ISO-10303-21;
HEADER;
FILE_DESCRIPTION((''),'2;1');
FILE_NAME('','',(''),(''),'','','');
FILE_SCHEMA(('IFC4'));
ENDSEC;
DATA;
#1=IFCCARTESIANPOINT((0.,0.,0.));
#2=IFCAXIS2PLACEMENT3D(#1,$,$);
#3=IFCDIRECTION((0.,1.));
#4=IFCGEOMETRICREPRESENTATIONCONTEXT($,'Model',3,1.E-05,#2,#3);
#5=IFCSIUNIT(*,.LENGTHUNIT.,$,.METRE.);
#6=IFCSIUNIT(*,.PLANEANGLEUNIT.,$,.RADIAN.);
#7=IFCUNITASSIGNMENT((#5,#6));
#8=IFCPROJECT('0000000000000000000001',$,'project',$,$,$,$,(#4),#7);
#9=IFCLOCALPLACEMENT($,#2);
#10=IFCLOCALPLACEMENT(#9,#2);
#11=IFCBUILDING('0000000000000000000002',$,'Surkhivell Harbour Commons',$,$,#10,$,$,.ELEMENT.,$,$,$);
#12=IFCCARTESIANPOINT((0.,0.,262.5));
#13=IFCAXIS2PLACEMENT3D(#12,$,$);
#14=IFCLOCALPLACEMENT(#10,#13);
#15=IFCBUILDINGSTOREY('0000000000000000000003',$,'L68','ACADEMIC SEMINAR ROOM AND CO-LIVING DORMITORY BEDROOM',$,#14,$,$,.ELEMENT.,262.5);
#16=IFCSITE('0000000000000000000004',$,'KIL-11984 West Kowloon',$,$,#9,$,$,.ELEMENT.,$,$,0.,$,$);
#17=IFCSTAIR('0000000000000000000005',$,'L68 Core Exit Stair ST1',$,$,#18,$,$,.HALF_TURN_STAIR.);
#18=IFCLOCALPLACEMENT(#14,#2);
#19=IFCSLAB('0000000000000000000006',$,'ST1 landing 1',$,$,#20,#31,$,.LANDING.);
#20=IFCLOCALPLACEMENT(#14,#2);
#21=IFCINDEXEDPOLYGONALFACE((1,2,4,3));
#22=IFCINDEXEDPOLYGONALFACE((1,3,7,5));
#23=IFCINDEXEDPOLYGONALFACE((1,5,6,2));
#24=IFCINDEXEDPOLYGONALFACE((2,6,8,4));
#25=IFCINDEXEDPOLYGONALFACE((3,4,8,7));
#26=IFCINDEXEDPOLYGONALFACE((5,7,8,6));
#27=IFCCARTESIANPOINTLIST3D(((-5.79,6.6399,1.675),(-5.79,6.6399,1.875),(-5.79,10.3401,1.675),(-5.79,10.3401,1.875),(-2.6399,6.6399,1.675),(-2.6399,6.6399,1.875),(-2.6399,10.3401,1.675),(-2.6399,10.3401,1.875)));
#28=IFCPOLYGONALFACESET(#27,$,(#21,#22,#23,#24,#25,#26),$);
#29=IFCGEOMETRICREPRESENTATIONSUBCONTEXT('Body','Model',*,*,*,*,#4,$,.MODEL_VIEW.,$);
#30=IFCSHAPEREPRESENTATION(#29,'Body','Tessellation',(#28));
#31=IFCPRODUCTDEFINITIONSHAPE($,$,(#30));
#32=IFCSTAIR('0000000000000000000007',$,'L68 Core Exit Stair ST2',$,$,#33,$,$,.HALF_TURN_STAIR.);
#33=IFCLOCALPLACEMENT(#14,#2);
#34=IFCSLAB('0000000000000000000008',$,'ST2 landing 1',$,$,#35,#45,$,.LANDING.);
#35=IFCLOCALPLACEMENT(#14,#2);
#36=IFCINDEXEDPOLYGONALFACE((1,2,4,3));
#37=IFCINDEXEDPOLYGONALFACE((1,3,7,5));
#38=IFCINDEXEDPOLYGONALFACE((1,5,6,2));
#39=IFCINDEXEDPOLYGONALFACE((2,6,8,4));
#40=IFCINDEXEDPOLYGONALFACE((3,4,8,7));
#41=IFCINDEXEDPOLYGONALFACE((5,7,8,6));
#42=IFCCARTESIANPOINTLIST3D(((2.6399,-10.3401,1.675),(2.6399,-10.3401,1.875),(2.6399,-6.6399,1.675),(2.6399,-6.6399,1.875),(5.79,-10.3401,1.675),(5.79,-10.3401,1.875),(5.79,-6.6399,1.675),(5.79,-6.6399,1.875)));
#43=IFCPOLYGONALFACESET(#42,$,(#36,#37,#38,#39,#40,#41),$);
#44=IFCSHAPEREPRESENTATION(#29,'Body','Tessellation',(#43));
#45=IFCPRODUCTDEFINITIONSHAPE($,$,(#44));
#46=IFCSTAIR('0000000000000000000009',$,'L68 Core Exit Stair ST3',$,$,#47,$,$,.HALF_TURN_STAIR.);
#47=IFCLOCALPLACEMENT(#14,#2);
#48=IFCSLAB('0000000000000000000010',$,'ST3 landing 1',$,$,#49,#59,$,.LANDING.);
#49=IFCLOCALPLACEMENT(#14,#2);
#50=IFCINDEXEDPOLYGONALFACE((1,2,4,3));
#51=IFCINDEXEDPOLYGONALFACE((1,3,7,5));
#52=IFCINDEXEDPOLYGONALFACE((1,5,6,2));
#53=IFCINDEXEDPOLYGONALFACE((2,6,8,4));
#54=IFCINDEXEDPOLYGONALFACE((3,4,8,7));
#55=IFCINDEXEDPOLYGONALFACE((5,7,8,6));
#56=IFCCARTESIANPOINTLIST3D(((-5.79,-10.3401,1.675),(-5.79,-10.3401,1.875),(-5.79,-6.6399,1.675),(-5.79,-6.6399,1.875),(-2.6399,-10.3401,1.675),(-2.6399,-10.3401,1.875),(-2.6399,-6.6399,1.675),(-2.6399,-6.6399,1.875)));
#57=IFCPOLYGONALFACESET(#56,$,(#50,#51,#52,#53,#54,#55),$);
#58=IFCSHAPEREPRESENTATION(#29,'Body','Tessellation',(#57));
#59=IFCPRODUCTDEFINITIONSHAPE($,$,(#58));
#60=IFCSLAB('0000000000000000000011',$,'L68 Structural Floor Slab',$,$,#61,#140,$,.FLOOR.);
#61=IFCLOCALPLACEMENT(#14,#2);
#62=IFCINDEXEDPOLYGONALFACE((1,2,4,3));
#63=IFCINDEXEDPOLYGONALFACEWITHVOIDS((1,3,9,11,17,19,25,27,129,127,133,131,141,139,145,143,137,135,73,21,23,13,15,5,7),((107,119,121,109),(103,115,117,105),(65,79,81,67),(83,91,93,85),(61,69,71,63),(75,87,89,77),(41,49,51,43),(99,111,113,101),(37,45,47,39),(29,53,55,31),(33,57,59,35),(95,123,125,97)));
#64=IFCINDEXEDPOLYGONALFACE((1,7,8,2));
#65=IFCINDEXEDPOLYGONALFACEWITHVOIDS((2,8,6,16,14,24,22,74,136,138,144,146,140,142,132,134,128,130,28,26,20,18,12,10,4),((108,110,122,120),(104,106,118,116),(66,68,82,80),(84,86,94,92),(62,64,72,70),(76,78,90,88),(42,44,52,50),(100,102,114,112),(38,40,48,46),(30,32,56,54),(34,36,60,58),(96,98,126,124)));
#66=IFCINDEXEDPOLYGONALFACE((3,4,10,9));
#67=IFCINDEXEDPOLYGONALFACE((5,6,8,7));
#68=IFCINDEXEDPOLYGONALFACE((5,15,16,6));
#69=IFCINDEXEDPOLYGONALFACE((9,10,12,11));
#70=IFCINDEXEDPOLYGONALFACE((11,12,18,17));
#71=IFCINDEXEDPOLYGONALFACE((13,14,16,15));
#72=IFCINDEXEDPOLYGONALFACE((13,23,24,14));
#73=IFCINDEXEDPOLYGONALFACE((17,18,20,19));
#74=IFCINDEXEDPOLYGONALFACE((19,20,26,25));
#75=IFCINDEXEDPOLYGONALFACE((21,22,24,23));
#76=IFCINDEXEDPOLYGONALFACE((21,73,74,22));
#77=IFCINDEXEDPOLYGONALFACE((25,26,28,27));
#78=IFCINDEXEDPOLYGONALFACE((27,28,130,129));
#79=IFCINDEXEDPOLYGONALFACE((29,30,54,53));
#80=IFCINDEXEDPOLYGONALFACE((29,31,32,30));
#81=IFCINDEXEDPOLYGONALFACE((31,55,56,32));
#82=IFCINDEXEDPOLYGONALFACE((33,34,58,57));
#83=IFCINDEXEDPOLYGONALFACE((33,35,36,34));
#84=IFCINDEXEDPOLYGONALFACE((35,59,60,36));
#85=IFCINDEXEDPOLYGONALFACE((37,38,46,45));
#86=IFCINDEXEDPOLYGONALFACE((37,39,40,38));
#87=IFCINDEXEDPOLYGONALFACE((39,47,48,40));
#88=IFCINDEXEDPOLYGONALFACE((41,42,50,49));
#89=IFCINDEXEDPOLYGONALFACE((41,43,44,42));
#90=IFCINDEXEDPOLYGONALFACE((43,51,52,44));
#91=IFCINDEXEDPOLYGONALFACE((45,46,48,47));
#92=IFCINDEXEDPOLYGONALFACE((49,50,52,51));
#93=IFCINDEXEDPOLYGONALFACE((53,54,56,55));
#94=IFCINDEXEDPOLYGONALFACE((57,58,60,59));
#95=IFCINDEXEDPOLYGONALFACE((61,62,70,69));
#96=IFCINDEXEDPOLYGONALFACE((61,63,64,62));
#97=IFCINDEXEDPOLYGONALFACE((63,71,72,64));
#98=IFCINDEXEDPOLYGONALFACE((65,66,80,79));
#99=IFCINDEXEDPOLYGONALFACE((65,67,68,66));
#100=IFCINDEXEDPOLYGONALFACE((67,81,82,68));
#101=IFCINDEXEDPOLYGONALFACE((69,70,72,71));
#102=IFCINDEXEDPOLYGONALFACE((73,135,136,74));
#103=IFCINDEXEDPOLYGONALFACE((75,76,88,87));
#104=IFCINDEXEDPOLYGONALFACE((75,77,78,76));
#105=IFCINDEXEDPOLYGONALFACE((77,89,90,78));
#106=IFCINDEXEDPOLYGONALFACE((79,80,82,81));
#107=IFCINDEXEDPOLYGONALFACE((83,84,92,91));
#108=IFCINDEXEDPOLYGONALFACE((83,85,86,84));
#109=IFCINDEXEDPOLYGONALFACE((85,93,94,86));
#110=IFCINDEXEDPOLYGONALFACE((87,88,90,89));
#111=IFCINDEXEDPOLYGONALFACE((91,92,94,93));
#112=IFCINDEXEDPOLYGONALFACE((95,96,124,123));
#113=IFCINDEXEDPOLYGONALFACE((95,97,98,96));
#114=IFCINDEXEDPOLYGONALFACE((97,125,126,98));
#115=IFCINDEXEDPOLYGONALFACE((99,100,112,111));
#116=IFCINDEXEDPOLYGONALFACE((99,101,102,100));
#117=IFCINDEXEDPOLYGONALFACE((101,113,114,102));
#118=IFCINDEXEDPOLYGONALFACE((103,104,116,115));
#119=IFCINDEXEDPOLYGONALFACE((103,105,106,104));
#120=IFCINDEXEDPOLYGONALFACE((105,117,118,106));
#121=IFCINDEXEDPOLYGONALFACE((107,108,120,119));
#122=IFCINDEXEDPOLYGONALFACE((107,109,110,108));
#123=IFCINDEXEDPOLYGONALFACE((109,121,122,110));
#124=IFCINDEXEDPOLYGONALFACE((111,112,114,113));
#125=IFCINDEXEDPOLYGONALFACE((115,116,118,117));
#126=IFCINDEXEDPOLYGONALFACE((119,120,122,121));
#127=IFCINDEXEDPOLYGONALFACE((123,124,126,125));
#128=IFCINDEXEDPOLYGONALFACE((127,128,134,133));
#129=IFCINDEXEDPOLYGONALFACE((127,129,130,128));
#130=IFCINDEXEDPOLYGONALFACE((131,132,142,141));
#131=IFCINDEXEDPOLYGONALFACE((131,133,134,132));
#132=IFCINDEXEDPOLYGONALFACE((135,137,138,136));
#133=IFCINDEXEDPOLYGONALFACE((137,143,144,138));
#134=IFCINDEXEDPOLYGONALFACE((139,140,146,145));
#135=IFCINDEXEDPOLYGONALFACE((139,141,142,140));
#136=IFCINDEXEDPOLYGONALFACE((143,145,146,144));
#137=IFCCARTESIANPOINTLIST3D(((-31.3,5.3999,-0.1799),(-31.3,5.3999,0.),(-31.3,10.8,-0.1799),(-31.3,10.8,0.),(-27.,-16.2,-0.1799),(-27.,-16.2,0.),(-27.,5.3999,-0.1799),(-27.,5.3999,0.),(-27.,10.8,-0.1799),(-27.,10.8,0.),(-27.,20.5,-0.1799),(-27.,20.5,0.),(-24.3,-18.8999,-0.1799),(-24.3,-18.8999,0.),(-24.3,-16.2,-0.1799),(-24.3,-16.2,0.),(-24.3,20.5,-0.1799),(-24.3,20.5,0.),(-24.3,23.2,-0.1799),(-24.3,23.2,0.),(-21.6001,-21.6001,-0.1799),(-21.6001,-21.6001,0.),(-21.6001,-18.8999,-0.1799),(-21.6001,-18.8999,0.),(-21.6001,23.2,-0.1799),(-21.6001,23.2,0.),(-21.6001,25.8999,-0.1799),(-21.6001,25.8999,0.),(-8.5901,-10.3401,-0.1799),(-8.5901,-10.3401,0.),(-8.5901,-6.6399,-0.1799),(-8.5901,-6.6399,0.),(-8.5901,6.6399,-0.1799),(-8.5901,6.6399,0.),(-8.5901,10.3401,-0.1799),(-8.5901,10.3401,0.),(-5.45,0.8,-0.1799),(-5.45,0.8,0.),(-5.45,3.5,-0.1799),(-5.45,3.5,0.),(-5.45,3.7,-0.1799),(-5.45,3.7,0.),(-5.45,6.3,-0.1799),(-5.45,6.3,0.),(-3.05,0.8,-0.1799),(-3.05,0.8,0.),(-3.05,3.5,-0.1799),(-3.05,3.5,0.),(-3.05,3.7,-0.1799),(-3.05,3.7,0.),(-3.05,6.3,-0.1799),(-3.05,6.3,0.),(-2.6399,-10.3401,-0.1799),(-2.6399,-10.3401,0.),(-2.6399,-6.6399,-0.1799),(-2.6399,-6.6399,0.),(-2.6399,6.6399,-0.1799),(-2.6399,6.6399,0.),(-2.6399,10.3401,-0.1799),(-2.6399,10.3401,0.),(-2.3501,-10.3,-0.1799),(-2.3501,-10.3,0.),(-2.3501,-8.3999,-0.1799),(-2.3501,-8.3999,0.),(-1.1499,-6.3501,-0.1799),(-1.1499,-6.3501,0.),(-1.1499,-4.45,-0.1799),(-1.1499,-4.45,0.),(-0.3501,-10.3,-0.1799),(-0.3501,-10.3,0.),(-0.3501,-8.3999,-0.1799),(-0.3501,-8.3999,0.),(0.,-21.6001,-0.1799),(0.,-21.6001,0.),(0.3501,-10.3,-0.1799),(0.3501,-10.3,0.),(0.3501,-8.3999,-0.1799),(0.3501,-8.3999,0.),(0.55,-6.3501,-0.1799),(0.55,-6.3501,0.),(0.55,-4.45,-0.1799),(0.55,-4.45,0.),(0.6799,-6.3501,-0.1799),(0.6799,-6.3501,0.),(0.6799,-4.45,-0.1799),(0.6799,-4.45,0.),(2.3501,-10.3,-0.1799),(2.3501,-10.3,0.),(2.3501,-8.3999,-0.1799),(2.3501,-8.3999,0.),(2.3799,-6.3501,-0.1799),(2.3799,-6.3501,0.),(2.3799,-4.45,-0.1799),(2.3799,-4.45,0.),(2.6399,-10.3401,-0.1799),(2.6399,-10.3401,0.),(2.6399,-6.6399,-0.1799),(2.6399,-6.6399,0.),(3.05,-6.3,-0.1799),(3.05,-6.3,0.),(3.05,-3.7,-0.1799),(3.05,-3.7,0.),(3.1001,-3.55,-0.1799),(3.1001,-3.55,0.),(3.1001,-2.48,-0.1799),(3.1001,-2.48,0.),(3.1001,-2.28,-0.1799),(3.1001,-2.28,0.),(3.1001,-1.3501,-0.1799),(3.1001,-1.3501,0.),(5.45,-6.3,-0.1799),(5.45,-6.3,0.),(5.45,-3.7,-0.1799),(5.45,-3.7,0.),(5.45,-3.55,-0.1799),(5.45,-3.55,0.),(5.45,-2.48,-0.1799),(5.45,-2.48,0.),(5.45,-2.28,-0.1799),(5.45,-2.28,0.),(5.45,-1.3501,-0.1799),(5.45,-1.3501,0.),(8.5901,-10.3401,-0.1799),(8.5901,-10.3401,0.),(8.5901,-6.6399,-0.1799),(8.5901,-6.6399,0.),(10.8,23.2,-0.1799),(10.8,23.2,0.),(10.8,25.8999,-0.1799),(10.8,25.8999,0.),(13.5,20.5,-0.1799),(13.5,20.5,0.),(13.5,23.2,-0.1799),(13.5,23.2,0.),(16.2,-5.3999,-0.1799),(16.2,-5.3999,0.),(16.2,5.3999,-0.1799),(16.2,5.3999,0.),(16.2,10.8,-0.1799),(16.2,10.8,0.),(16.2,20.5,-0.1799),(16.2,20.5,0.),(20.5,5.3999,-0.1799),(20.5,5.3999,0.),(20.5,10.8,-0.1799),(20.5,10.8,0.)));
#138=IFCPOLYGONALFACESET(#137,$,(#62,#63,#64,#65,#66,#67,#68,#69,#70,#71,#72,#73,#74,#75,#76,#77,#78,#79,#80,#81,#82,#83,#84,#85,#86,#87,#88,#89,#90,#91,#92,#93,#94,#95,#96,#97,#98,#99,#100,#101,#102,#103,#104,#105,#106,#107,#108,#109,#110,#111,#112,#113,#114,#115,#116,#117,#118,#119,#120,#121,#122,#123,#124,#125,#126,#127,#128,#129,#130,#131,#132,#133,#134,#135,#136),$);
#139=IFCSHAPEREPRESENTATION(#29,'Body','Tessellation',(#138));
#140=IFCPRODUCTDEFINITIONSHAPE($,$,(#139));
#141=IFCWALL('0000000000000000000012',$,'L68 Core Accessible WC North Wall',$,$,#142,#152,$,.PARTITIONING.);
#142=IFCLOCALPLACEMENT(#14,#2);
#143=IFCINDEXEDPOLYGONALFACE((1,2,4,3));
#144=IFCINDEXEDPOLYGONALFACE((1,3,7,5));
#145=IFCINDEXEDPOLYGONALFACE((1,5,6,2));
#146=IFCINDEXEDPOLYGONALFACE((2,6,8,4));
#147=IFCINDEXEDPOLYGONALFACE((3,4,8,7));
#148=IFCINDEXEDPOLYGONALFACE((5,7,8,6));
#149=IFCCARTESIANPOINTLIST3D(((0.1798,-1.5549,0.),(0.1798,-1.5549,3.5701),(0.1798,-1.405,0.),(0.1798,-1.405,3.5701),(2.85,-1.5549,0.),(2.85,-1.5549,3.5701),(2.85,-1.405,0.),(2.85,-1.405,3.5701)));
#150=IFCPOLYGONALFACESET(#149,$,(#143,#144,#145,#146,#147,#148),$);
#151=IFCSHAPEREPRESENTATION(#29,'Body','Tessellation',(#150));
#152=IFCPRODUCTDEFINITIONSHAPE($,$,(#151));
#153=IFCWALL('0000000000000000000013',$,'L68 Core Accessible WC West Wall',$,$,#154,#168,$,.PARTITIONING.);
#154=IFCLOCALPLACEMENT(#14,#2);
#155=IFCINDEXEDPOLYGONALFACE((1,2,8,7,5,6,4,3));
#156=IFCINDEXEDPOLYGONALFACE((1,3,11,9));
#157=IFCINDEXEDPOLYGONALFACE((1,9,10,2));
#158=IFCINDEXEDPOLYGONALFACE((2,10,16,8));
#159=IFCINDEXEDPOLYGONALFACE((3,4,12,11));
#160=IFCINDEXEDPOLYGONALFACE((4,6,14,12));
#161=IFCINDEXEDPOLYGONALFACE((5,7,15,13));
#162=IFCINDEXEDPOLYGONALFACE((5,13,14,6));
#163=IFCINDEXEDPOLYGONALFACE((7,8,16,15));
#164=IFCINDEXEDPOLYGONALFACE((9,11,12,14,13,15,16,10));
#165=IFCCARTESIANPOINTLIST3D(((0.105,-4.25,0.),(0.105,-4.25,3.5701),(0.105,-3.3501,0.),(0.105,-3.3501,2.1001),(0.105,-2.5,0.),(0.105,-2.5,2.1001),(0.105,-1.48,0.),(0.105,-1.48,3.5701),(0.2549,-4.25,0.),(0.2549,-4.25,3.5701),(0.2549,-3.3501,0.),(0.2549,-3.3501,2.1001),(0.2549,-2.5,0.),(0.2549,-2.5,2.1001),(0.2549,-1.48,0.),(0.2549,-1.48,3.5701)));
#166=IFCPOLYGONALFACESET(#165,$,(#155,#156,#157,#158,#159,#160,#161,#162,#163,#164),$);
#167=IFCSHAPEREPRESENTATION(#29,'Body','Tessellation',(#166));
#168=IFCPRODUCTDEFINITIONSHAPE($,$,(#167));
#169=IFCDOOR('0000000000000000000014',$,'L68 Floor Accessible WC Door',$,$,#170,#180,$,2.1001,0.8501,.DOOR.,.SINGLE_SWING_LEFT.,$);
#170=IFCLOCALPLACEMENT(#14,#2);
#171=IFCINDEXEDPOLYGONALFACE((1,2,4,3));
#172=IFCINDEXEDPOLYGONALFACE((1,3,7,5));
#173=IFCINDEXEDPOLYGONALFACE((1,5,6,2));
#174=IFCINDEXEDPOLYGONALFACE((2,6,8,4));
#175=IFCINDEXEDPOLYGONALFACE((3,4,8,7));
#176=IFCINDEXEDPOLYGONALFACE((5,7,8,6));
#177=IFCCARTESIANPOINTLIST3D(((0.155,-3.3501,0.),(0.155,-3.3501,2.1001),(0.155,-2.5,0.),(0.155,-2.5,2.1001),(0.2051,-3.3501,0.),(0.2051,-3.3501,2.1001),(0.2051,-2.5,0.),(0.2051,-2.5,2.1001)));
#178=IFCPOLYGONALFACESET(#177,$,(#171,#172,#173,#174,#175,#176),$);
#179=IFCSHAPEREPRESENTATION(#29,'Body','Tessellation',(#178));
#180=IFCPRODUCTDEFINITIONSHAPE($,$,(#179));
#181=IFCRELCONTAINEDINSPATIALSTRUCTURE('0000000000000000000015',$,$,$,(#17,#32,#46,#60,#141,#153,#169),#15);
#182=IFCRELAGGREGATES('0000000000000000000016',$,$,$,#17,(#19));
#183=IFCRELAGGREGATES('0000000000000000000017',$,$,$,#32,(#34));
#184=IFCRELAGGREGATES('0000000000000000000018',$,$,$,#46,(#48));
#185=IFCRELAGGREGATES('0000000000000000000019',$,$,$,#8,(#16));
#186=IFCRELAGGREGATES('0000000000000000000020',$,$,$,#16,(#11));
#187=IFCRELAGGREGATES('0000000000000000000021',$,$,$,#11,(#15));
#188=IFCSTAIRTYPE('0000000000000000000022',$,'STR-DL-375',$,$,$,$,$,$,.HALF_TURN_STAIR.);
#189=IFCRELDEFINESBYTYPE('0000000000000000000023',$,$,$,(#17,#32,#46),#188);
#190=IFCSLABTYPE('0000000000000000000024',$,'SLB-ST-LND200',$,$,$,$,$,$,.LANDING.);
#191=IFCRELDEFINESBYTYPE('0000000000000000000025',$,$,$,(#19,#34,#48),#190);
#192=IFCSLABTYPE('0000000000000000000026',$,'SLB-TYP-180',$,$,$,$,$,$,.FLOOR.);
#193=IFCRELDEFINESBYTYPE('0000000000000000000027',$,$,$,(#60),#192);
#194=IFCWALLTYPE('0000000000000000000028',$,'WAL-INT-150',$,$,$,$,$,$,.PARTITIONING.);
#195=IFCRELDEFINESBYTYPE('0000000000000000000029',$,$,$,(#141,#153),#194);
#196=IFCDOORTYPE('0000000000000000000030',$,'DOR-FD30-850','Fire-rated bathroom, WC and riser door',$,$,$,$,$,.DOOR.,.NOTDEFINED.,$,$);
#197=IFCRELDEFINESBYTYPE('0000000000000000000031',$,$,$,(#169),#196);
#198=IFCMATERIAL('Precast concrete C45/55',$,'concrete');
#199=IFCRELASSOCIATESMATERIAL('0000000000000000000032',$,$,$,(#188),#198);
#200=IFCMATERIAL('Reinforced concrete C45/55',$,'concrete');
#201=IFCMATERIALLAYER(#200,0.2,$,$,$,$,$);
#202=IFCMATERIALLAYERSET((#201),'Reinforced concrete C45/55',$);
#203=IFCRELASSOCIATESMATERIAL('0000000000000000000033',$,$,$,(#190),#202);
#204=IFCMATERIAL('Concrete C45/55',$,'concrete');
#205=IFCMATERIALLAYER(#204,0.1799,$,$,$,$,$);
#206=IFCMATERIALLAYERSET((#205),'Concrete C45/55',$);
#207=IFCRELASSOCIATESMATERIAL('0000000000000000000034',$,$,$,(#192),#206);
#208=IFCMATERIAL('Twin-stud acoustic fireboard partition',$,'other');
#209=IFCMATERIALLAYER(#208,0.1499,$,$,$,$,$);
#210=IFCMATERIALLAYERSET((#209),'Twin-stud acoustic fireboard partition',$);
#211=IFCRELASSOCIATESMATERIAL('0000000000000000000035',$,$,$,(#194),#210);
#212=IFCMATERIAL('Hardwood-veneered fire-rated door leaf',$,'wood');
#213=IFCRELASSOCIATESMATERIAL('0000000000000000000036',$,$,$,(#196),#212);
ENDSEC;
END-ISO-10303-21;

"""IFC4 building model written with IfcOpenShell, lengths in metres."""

from ifc_helpers import new_model, si_unit, direction, frame, frame_2d, origin, place, context, subcontext, project, spatial, polyline, rectangle, outline, extrude, material, layer, layer_set, type_object, element, fill, aggregate, save


model = new_model("IFC4")

# Units and contexts
model_context = context("Model", 3, precision=1e-05, world=origin(), true_north=direction((0.0, 1.0)))
body_context = subcontext(model_context, "Body", "Model", "MODEL_VIEW")
ifc_project = project(units=[si_unit("LENGTHUNIT", "METRE"), si_unit("PLANEANGLEUNIT", "RADIAN")], contexts=[model_context])

# Site, building, storey
site_placement = place(None, origin())
site = spatial("IfcSite", under=ifc_project, at=site_placement, Name="KIL-11984 West Kowloon", CompositionType="ELEMENT", RefElevation=0.0)
building_placement = place(site_placement, origin())
building = spatial("IfcBuilding", under=site, at=building_placement, Name="Surkhivell Harbour Commons", CompositionType="ELEMENT")
storey_placement = place(building_placement, frame((0.0, 0.0, 262.5)))
storey = spatial("IfcBuildingStorey", under=building, at=storey_placement, Name="L68", Description="ACADEMIC SEMINAR ROOM AND CO-LIVING DORMITORY BEDROOM", CompositionType="ELEMENT", Elevation=262.5)

# Stairs, slabs
ifc_material_1 = material(Name="Precast concrete C45/55", Category="concrete")
stair_type = type_object("IfcStairType", Name="STR-DL-375", PredefinedType="HALF_TURN_STAIR", material=ifc_material_1)
stair_1_placement = place(storey_placement, origin())
stair_1 = element("IfcStair", 1, at=stair_1_placement, inside=storey, type_object=stair_type, Name="L68 Core Exit Stair ST1", PredefinedType="HALF_TURN_STAIR")
ifc_material_2 = material(Name="Reinforced concrete C45/55", Category="concrete")
ifc_layer_1 = layer(ifc_material_2, 0.2)
ifc_layer_set_1 = layer_set([ifc_layer_1], Name="Reinforced concrete C45/55")
slab_type_1 = type_object("IfcSlabType", Name="SLB-ST-LND200", PredefinedType="LANDING", material=ifc_layer_set_1)
slab_1_placement = place(storey_placement, frame((0.0, 0.0, 1.675)))
slab_1 = element("IfcSlab", 2, at=slab_1_placement, type_object=slab_type_1, Name="ST1 landing 1", PredefinedType="LANDING", context=body_context, shape_type="SweptSolid", body=[
    extrude(outline(polyline([(-5.79, 6.6399), (-2.6399, 6.6399), (-2.6399, 10.3401), (-5.79, 10.3401), (-5.79, 6.6399)])), origin(), (0.0, 0.0, 1.0), 0.2),
])
aggregate(stair_1, [slab_1])
stair_2_placement = place(storey_placement, origin())
stair_2 = element("IfcStair", 3, at=stair_2_placement, inside=storey, type_object=stair_type, Name="L68 Core Exit Stair ST2", PredefinedType="HALF_TURN_STAIR")
slab_2_placement = place(storey_placement, frame((0.0, 0.0, 1.675)))
slab_2 = element("IfcSlab", 4, at=slab_2_placement, type_object=slab_type_1, Name="ST2 landing 1", PredefinedType="LANDING", context=body_context, shape_type="SweptSolid", body=[
    extrude(outline(polyline([(5.79, -6.6399), (2.6399, -6.6399), (2.6399, -10.3401), (5.79, -10.3401), (5.79, -6.6399)])), origin(), (0.0, 0.0, 1.0), 0.2),
])
aggregate(stair_2, [slab_2])
stair_3_placement = place(storey_placement, origin())
stair_3 = element("IfcStair", 5, at=stair_3_placement, inside=storey, type_object=stair_type, Name="L68 Core Exit Stair ST3", PredefinedType="HALF_TURN_STAIR")
slab_3_placement = place(storey_placement, frame((0.0, 0.0, 1.675)))
slab_3 = element("IfcSlab", 6, at=slab_3_placement, type_object=slab_type_1, Name="ST3 landing 1", PredefinedType="LANDING", context=body_context, shape_type="SweptSolid", body=[
    extrude(outline(polyline([(-5.79, -10.3401), (-2.6399, -10.3401), (-2.6399, -6.6399), (-5.79, -6.6399), (-5.79, -10.3401)])), origin(), (0.0, 0.0, 1.0), 0.2),
])
aggregate(stair_3, [slab_3])

# Slab
ifc_material_3 = material(Name="Concrete C45/55", Category="concrete")
ifc_layer_2 = layer(ifc_material_3, 0.1799)
ifc_layer_set_2 = layer_set([ifc_layer_2], Name="Concrete C45/55")
slab_type_2 = type_object("IfcSlabType", Name="SLB-TYP-180", PredefinedType="FLOOR", material=ifc_layer_set_2)
slab_4_placement = place(storey_placement, frame((0.0, 0.0, -0.1799)))
element("IfcSlab", 7, at=slab_4_placement, inside=storey, type_object=slab_type_2, Name="L68 Structural Floor Slab", PredefinedType="FLOOR", context=body_context, shape_type="SweptSolid", body=[
    extrude(outline(polyline([(-27.0, 20.5), (-27.0, 10.8), (-31.3, 10.8), (-31.3, 5.3999), (-27.0, 5.3999), (-27.0, -16.2), (-24.3, -16.2), (-24.3, -18.8999), (-21.6001, -18.8999), (-21.6001, -21.6001), (0.0, -21.6001), (16.2, -5.3999), (16.2, 5.3999), (20.5, 5.3999), (20.5, 10.8), (16.2, 10.8), (16.2, 20.5), (13.5, 20.5), (13.5, 23.2), (10.8, 23.2), (10.8, 25.8999), (-21.6001, 25.8999), (-21.6001, 23.2), (-24.3, 23.2), (-24.3, 20.5), (-27.0, 20.5)]), holes=[polyline([(-8.5901, 6.6399), (-2.6399, 6.6399), (-2.6399, 10.3401), (-8.5901, 10.3401), (-8.5901, 6.6399)]), polyline([(8.5901, -6.6399), (2.6399, -6.6399), (2.6399, -10.3401), (8.5901, -10.3401), (8.5901, -6.6399)]), polyline([(-8.5901, -10.3401), (-2.6399, -10.3401), (-2.6399, -6.6399), (-8.5901, -6.6399), (-8.5901, -10.3401)]), polyline([(-1.1499, -6.3501), (0.55, -6.3501), (0.55, -4.45), (-1.1499, -4.45), (-1.1499, -6.3501)]), polyline([(0.6799, -6.3501), (2.3799, -6.3501), (2.3799, -4.45), (0.6799, -4.45), (0.6799, -6.3501)]), polyline([(-2.3501, -10.3), (-0.3501, -10.3), (-0.3501, -8.3999), (-2.3501, -8.3999), (-2.3501, -10.3)]), polyline([(0.3501, -10.3), (2.3501, -10.3), (2.3501, -8.3999), (0.3501, -8.3999), (0.3501, -10.3)]), polyline([(-5.45, 3.7), (-3.05, 3.7), (-3.05, 6.3), (-5.45, 6.3), (-5.45, 3.7)]), polyline([(3.05, -6.3), (5.45, -6.3), (5.45, -3.7), (3.05, -3.7), (3.05, -6.3)]), polyline([(-5.45, 0.8), (-3.05, 0.8), (-3.05, 3.5), (-5.45, 3.5), (-5.45, 0.8)]), polyline([(3.1001, -3.55), (5.45, -3.55), (5.45, -2.48), (3.1001, -2.48), (3.1001, -3.55)]), polyline([(3.1001, -2.28), (5.45, -2.28), (5.45, -1.3501), (3.1001, -1.3501), (3.1001, -2.28)])]), origin(), (0.0, 0.0, 1.0), 0.1799),
])

# Wall
ifc_material_4 = material(Name="Twin-stud acoustic fireboard partition", Category="other")
ifc_layer_3 = layer(ifc_material_4, 0.1499)
ifc_layer_set_3 = layer_set([ifc_layer_3], Name="Twin-stud acoustic fireboard partition")
wall_type_1 = type_object("IfcWallType", Name="WAL-INT-150", PredefinedType="PARTITIONING", material=ifc_layer_set_3)
wall_1_placement = place(storey_placement, frame((0.1799, -1.48, 0.0), z_axis=(0.0, 0.0, 1.0), x_axis=(1.0, 0.0, 0.0)))
element("IfcWall", 8, at=wall_1_placement, inside=storey, type_object=wall_type_1, Name="L68 Core Accessible WC North Wall", PredefinedType="PARTITIONING", context=body_context, shape_type="SweptSolid", body=[
    extrude(rectangle(XDim=2.6702, YDim=0.1499, at=frame_2d((1.335, 0.0))), origin(), (0.0, 0.0, 1.0), 3.5701),
])

# Wall, opening, door
wall_2_placement = place(storey_placement, frame((0.1799, -4.25, 0.0), z_axis=(0.0, 0.0, 1.0), x_axis=(0.0, 1.0, 0.0)))
wall_2 = element("IfcWall", 9, at=wall_2_placement, inside=storey, type_object=wall_type_1, Name="L68 Core Accessible WC West Wall", PredefinedType="PARTITIONING", context=body_context, shape_type="SweptSolid", body=[
    extrude(rectangle(XDim=2.77, YDim=0.1499, at=frame_2d((1.385, 0.0))), origin(), (0.0, 0.0, 1.0), 3.5701),
])
opening_1_placement = place(wall_2_placement, frame((0.8999, 0.0, 0.0)))
opening_1 = element("IfcOpeningElement", 10, at=opening_1_placement, cuts=wall_2, PredefinedType="OPENING", context=body_context, shape_type="SweptSolid", body=[
    extrude(rectangle(XDim=0.8501, YDim=2.1001, at=frame_2d((0.425, 1.05))), frame((0.0, 0.085, 0.0), z_axis=(0.0, -1.0, 0.0), x_axis=(1.0, 0.0, 0.0)), (0.0, 0.0, 1.0), 0.1699),
])
ifc_material_5 = material(Name="Hardwood-veneered fire-rated door leaf", Category="wood")
door_type_1 = type_object("IfcDoorType", Name="DOR-FD30-850", Description="Fire-rated bathroom, WC and riser door", OperationType="NOTDEFINED", PredefinedType="DOOR", material=ifc_material_5)
door_1_placement = place(opening_1_placement, origin())
door_1 = element("IfcDoor", 11, at=door_1_placement, inside=storey, type_object=door_type_1, Name="L68 Floor Accessible WC Door", OperationType="SINGLE_SWING_LEFT", OverallHeight=2.1001, OverallWidth=0.8501, PredefinedType="DOOR", context=body_context, shape_type="SweptSolid", body=[
    extrude(rectangle(XDim=0.8501, YDim=2.1001, at=frame_2d((0.425, 1.05))), frame((0.0, 0.0249, 0.0), z_axis=(0.0, -1.0, 0.0), x_axis=(1.0, 0.0, 0.0)), (0.0, 0.0, 1.0), 0.05),
])
fill(opening_1, door_1)

save(model, "model.ifc")
